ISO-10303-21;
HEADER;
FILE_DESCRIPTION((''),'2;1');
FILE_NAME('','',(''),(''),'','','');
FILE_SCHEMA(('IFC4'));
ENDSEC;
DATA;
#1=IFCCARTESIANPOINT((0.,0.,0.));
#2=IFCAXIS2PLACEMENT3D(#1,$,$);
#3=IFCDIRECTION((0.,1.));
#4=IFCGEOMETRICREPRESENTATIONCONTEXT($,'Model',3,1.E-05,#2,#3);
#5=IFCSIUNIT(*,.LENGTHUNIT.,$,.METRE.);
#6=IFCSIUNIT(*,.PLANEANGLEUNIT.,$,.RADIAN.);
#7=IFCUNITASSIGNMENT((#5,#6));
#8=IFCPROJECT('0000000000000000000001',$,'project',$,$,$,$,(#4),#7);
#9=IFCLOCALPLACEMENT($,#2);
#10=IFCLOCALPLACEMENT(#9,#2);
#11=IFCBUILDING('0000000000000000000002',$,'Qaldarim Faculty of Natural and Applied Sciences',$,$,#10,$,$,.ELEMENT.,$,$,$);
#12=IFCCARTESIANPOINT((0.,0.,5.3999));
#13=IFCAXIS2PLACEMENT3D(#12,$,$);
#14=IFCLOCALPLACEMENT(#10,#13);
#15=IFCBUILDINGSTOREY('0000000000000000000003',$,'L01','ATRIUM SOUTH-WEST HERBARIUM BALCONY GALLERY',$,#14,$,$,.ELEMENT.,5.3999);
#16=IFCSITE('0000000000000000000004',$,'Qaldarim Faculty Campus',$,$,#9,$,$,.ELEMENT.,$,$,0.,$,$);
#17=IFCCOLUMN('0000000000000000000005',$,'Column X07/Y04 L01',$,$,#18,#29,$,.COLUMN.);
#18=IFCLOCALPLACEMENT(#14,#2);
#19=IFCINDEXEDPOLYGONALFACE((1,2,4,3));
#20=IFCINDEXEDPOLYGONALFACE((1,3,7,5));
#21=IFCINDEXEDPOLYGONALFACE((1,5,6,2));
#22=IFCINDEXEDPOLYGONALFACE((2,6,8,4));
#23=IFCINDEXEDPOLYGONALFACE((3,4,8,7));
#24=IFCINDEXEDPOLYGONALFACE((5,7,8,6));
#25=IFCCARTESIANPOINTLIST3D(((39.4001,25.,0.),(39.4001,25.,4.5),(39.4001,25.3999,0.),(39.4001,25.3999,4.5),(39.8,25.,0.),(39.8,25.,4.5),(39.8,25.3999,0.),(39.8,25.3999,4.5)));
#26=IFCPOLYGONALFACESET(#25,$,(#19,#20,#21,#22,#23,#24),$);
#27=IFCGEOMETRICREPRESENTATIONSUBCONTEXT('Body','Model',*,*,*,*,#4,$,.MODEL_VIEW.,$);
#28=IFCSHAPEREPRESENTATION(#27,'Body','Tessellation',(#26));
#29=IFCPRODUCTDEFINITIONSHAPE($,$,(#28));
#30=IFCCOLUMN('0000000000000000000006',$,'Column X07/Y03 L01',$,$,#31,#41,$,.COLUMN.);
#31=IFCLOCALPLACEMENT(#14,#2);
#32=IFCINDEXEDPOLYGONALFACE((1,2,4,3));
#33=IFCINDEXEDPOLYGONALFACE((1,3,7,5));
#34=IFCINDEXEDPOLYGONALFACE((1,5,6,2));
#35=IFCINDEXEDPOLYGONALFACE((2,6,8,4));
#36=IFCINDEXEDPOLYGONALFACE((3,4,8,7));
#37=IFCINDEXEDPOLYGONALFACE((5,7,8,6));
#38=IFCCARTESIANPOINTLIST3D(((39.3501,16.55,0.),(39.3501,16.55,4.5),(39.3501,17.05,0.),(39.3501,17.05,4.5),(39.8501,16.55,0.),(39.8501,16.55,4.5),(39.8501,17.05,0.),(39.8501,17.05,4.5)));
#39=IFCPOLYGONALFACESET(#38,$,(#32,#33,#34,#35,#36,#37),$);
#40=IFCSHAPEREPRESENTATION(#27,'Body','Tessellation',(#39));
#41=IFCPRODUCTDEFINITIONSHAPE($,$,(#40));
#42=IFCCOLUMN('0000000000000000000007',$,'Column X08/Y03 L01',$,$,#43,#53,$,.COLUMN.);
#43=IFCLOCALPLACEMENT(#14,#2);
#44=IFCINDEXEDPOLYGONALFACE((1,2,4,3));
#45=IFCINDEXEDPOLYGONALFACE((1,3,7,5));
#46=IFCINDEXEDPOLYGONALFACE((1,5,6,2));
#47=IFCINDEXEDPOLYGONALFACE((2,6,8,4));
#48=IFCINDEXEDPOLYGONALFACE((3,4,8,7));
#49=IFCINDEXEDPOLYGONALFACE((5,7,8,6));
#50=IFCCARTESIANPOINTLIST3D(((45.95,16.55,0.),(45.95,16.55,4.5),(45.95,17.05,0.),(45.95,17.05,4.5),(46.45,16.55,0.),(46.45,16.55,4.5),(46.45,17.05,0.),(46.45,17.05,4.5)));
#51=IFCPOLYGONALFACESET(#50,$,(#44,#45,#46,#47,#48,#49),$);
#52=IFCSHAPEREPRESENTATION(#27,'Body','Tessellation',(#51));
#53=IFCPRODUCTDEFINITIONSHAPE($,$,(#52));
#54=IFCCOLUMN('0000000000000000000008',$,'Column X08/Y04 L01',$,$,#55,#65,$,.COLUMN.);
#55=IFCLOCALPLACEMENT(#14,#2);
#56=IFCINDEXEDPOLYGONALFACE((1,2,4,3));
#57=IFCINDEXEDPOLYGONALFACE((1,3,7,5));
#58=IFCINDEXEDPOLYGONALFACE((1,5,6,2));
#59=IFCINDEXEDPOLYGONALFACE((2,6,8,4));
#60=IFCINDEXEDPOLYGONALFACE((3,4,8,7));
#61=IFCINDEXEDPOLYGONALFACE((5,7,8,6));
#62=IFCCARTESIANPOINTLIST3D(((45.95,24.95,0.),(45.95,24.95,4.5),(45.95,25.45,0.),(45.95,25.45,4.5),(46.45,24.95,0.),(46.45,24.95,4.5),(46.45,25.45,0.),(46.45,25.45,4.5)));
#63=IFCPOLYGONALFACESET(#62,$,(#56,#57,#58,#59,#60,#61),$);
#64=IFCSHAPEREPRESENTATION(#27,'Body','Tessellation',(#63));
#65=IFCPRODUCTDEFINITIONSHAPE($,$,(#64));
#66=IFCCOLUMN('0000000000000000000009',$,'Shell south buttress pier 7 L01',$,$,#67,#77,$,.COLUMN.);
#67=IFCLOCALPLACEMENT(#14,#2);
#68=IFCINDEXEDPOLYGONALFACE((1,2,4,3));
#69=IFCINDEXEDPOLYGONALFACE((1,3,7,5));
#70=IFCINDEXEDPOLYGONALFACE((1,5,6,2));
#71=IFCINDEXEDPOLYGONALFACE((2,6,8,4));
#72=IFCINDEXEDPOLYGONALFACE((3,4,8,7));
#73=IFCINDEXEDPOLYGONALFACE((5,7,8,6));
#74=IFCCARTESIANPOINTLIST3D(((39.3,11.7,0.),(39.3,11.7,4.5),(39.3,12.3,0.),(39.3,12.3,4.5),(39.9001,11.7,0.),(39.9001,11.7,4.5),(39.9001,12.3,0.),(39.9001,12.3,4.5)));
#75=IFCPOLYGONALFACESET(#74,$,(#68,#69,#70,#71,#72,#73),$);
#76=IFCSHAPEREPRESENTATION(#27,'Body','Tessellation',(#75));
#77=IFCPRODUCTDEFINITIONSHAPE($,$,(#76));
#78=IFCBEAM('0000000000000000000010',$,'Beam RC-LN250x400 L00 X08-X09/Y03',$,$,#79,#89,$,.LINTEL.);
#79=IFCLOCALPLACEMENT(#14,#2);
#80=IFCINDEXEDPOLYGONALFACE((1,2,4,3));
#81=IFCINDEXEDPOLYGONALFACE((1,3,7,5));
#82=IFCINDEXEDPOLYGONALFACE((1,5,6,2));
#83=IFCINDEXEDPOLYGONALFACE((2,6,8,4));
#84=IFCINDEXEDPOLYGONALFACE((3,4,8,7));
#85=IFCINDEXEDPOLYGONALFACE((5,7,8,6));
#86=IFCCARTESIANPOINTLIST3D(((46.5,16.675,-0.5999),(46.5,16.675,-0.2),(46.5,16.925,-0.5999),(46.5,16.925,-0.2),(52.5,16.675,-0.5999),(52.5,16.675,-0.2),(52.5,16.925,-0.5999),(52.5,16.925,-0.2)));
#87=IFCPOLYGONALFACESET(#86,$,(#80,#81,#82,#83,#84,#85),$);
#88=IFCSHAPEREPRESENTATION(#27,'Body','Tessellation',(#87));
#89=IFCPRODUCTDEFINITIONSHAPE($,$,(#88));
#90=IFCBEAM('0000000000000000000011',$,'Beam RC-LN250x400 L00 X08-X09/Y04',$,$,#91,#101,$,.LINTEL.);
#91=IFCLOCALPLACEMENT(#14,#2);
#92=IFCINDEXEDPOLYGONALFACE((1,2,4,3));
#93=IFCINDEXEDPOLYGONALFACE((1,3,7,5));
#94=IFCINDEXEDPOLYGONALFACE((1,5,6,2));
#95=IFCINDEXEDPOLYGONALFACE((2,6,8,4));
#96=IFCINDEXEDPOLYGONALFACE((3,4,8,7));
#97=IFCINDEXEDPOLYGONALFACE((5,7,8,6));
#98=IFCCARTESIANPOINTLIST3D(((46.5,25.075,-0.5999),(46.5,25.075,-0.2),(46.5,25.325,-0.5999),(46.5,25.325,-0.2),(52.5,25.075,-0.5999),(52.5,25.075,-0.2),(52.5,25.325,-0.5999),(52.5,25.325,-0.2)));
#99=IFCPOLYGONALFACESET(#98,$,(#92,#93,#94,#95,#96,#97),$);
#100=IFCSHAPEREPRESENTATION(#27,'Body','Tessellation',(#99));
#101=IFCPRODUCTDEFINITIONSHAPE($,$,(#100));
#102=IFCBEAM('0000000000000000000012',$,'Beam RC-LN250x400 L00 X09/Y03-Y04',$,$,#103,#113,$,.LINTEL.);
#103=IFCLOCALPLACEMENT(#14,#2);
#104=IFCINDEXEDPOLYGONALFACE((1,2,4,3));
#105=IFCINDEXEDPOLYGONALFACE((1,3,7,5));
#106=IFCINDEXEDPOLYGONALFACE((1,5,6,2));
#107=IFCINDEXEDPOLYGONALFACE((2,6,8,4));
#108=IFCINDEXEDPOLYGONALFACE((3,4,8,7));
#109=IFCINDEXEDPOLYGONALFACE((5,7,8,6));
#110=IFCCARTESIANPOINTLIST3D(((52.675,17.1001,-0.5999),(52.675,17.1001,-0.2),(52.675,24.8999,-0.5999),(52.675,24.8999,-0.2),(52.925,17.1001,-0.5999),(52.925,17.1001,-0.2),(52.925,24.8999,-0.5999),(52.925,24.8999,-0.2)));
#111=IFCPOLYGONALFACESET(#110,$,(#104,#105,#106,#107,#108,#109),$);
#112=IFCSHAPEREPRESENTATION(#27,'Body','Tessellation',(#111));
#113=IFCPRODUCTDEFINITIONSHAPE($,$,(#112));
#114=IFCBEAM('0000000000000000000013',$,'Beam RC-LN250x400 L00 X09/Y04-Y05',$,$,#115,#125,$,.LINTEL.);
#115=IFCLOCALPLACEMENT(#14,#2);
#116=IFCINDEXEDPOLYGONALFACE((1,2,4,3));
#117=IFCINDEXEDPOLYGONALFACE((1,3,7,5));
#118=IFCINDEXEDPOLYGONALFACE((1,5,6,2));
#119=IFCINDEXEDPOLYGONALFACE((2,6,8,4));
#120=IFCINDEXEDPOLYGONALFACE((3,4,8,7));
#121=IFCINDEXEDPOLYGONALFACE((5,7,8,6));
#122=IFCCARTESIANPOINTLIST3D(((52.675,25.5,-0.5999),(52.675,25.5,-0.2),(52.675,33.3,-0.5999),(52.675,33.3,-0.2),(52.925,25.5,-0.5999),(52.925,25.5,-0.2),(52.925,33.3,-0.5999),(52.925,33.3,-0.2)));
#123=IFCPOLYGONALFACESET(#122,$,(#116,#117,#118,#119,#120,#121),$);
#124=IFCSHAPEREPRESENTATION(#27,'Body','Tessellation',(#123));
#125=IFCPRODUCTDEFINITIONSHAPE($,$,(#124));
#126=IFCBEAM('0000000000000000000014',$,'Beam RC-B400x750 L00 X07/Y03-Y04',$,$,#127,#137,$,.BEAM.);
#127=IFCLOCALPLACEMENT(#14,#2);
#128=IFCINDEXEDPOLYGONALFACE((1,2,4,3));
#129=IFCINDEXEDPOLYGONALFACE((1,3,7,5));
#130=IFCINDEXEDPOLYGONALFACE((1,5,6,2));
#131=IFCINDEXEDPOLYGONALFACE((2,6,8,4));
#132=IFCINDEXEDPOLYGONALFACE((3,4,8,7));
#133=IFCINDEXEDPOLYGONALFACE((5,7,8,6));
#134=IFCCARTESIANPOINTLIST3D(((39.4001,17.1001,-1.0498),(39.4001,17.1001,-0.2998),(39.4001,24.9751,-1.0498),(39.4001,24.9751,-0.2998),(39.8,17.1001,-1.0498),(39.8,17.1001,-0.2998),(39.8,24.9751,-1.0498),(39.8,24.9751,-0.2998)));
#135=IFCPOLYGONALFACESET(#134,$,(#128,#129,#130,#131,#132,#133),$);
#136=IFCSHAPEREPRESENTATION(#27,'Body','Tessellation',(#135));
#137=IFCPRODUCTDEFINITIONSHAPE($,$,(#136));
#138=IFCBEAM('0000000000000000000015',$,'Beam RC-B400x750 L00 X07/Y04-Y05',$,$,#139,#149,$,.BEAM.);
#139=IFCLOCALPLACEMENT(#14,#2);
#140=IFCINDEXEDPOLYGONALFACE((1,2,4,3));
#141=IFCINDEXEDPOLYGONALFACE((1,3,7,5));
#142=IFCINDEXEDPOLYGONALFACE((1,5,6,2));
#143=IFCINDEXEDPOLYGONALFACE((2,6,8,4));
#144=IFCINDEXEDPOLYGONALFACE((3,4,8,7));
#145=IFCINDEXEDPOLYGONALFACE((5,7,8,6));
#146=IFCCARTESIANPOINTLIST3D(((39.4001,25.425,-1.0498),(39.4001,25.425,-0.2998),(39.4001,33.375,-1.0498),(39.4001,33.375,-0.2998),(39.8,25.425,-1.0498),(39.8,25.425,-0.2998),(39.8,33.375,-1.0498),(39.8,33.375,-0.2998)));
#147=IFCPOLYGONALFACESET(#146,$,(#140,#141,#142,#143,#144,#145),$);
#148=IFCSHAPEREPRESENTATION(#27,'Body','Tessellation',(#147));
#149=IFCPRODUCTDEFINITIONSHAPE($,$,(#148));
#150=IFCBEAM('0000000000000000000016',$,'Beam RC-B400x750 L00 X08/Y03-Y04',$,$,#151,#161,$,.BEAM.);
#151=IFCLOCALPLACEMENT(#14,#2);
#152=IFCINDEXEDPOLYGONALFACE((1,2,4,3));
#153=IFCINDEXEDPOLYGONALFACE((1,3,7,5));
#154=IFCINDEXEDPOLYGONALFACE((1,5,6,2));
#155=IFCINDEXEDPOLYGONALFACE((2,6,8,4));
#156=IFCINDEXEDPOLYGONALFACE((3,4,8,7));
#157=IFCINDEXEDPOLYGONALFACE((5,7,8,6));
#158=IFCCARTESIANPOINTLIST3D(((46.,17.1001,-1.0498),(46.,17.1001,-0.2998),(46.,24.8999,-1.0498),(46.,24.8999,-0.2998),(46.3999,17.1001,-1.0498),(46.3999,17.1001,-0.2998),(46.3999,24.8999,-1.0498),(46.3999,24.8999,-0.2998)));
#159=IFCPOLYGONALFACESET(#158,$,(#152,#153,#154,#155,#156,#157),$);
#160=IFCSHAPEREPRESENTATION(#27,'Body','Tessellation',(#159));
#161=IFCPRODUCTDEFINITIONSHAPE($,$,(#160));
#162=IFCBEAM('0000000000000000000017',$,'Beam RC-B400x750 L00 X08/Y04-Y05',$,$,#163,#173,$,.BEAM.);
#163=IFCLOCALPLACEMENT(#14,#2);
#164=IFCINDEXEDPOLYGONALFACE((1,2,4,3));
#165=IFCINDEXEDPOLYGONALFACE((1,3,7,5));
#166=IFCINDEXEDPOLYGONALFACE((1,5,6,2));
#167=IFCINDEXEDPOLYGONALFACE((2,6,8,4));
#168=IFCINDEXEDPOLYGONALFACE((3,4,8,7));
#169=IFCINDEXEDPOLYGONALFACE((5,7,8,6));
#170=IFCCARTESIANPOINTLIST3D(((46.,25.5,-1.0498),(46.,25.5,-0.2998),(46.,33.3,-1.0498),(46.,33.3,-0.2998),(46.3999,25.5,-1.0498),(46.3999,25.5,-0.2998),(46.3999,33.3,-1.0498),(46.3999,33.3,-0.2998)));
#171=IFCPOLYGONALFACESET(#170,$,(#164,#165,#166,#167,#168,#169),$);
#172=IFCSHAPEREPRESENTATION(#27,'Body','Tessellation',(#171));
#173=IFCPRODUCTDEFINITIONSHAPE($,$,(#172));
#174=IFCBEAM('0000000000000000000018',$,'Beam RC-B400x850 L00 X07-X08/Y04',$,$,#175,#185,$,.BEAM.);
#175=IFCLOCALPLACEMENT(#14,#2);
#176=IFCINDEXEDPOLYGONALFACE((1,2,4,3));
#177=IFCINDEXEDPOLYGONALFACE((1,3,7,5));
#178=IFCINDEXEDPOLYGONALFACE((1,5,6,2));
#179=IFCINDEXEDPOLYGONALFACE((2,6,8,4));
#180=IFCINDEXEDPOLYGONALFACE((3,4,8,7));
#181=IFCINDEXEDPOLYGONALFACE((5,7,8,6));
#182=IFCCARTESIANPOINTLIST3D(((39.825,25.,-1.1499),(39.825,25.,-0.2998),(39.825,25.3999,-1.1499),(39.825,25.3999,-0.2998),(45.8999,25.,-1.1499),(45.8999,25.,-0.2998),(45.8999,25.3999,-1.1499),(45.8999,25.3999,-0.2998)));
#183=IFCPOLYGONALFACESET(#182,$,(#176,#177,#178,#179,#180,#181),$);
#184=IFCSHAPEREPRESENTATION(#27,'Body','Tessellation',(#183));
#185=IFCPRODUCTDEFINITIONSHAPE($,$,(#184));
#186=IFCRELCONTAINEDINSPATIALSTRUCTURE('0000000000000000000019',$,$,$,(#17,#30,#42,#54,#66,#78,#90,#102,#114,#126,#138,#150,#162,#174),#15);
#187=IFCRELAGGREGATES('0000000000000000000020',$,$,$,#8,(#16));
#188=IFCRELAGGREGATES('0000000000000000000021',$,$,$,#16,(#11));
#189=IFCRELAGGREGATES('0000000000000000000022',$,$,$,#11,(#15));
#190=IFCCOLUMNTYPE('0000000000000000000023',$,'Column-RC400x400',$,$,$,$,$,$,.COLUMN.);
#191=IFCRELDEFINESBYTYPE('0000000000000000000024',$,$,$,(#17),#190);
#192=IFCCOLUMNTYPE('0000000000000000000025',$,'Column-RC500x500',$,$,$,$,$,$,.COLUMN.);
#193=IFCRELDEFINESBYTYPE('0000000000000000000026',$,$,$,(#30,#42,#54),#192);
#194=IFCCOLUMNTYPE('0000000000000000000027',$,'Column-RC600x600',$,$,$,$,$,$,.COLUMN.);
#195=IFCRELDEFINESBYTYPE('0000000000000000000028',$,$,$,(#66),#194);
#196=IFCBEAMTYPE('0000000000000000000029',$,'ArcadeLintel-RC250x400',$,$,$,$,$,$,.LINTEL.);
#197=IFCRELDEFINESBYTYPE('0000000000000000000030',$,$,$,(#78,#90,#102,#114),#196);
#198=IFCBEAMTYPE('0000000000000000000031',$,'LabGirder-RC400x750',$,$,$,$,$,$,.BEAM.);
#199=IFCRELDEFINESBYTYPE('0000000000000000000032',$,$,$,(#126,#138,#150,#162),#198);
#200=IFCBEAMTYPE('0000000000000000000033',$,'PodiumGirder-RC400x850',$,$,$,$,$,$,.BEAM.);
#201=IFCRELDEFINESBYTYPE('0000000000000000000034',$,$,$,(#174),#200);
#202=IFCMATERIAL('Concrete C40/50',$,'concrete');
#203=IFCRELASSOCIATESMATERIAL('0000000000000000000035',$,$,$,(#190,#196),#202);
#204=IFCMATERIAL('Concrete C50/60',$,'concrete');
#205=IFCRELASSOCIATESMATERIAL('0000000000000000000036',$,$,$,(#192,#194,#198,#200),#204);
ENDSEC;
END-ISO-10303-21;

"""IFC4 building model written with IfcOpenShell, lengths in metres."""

from ifc_helpers import new_model, si_unit, direction, frame, origin, origin_2d, place, context, subcontext, project, spatial, rectangle, extrude, material, material_profile, profile_set, type_object, element, save


model = new_model("IFC4")

# Units and contexts
model_context = context("Model", 3, precision=1e-05, world=origin(), true_north=direction((0.0, 1.0)))
body_context = subcontext(model_context, "Body", "Model", "MODEL_VIEW")
ifc_project = project(units=[si_unit("LENGTHUNIT", "METRE"), si_unit("PLANEANGLEUNIT", "RADIAN")], contexts=[model_context])

# Site, building, storey
site_placement = place(None, origin())
site = spatial("IfcSite", under=ifc_project, at=site_placement, Name="Qaldarim Faculty Campus", CompositionType="ELEMENT", RefElevation=0.0)
building_placement = place(site_placement, origin())
building = spatial("IfcBuilding", under=site, at=building_placement, Name="Qaldarim Faculty of Natural and Applied Sciences", CompositionType="ELEMENT")
storey_placement = place(building_placement, frame((0.0, 0.0, 5.3999)))
storey = spatial("IfcBuildingStorey", under=building, at=storey_placement, Name="L01", Description="ATRIUM SOUTH-WEST HERBARIUM BALCONY GALLERY", CompositionType="ELEMENT", Elevation=5.3999)

# Columns
ifc_material_1 = material(Name="Concrete C40/50", Category="concrete")
ifc_material_profile_1 = material_profile(ifc_material_1, rectangle(XDim=0.3999, YDim=0.3999, at=origin_2d()), Name="RC-C400x400")
ifc_profile_set_1 = profile_set([ifc_material_profile_1], Name="Concrete C40/50")
column_type_1 = type_object("IfcColumnType", Name="Column-RC400x400", PredefinedType="COLUMN", material=ifc_profile_set_1)
column_1_placement = place(storey_placement, frame((39.6001, 25.2, 0.0), z_axis=(0.0, 0.0, 1.0), x_axis=(1.0, 0.0, 0.0)))
element("IfcColumn", 1, at=column_1_placement, inside=storey, type_object=column_type_1, Name="Column X07/Y04 L01", PredefinedType="COLUMN", context=body_context, shape_type="SweptSolid", body=[
    extrude(rectangle(XDim=0.3999, YDim=0.3999, at=origin_2d()), origin(), (0.0, 0.0, 1.0), 4.5),
])
ifc_material_2 = material(Name="Concrete C50/60", Category="concrete")
ifc_material_profile_2 = material_profile(ifc_material_2, rectangle(XDim=0.5, YDim=0.5, at=origin_2d()), Name="RC-C500x500")
ifc_profile_set_2 = profile_set([ifc_material_profile_2], Name="Concrete C50/60")
column_type_2 = type_object("IfcColumnType", Name="Column-RC500x500", PredefinedType="COLUMN", material=ifc_profile_set_2)
for number, where, z_axis, x_axis, name in (
    (2, (39.6001, 16.8, 0.0), (0.0, 0.0, 1.0), (1.0, 0.0, 0.0), "Column X07/Y03 L01"),
    (3, (46.2, 16.8, 0.0), (0.0, 0.0, 1.0), (1.0, 0.0, 0.0), "Column X08/Y03 L01"),
    (4, (46.2, 25.2, 0.0), (0.0, 0.0, 1.0), (1.0, 0.0, 0.0), "Column X08/Y04 L01"),
):
    element("IfcColumn", number, at=place(storey_placement, frame(where, z_axis=z_axis, x_axis=x_axis)), inside=storey, type_object=column_type_2, Name=name, PredefinedType="COLUMN", context=body_context, shape_type="SweptSolid", body=[
        extrude(rectangle(XDim=0.5, YDim=0.5, at=origin_2d()), origin(), (0.0, 0.0, 1.0), 4.5),
    ])
ifc_material_profile_3 = material_profile(ifc_material_2, rectangle(XDim=0.6001, YDim=0.6001, at=origin_2d()), Name="RC-C600x600")
ifc_profile_set_3 = profile_set([ifc_material_profile_3], Name="Concrete C50/60")
column_type_3 = type_object("IfcColumnType", Name="Column-RC600x600", PredefinedType="COLUMN", material=ifc_profile_set_3)
column_2_placement = place(storey_placement, frame((39.6001, 12.0, 0.0), z_axis=(0.0, 0.0, 1.0), x_axis=(1.0, 0.0, 0.0)))
element("IfcColumn", 5, at=column_2_placement, inside=storey, type_object=column_type_3, Name="Shell south buttress pier 7 L01", PredefinedType="COLUMN", context=body_context, shape_type="SweptSolid", body=[
    extrude(rectangle(XDim=0.6001, YDim=0.6001, at=origin_2d()), origin(), (0.0, 0.0, 1.0), 4.5),
])

# Beams
ifc_material_profile_4 = material_profile(ifc_material_1, rectangle(XDim=0.25, YDim=0.3999, at=origin_2d()), Name="RC-LN250x400")
ifc_profile_set_4 = profile_set([ifc_material_profile_4], Name="Concrete C40/50")
beam_type_1 = type_object("IfcBeamType", Name="ArcadeLintel-RC250x400", PredefinedType="LINTEL", material=ifc_profile_set_4)
for number, where, z_axis, x_axis, name in (
    (6, (46.5, 16.8, -0.3999), (1.0, 0.0, 0.0), (0.0, 1.0, 0.0), "Beam RC-LN250x400 L00 X08-X09/Y03"),
    (7, (46.5, 25.2, -0.3999), (1.0, 0.0, 0.0), (0.0, 1.0, 0.0), "Beam RC-LN250x400 L00 X08-X09/Y04"),
):
    element("IfcBeam", number, at=place(storey_placement, frame(where, z_axis=z_axis, x_axis=x_axis)), inside=storey, type_object=beam_type_1, Name=name, PredefinedType="LINTEL", context=body_context, shape_type="SweptSolid", body=[
        extrude(rectangle(XDim=0.25, YDim=0.3999, at=origin_2d()), origin(), (0.0, 0.0, 1.0), 6.0),
    ])
beam_1_placement = place(storey_placement, frame((52.8, 17.1001, -0.3999), z_axis=(0.0, 1.0, 0.0), x_axis=(-1.0, 0.0, 0.0)))
element("IfcBeam", 8, at=beam_1_placement, inside=storey, type_object=beam_type_1, Name="Beam RC-LN250x400 L00 X09/Y03-Y04", PredefinedType="LINTEL", context=body_context, shape_type="SweptSolid", body=[
    extrude(rectangle(XDim=0.25, YDim=0.3999, at=origin_2d()), origin(), (0.0, 0.0, 1.0), 7.7998),
])
beam_2_placement = place(storey_placement, frame((52.8, 25.5, -0.3999), z_axis=(0.0, 1.0, 0.0), x_axis=(-1.0, 0.0, 0.0)))
element("IfcBeam", 9, at=beam_2_placement, inside=storey, type_object=beam_type_1, Name="Beam RC-LN250x400 L00 X09/Y04-Y05", PredefinedType="LINTEL", context=body_context, shape_type="SweptSolid", body=[
    extrude(rectangle(XDim=0.25, YDim=0.3999, at=origin_2d()), origin(), (0.0, 0.0, 1.0), 7.8),
])
ifc_material_profile_5 = material_profile(ifc_material_2, rectangle(XDim=0.3999, YDim=0.75, at=origin_2d()), Name="RC-B400x750")
ifc_profile_set_5 = profile_set([ifc_material_profile_5], Name="Concrete C50/60")
beam_type_2 = type_object("IfcBeamType", Name="LabGirder-RC400x750", PredefinedType="BEAM", material=ifc_profile_set_5)
beam_3_placement = place(storey_placement, frame((39.6001, 17.1001, -0.6748), z_axis=(0.0, 1.0, 0.0), x_axis=(-1.0, 0.0, 0.0)))
element("IfcBeam", 10, at=beam_3_placement, inside=storey, type_object=beam_type_2, Name="Beam RC-B400x750 L00 X07/Y03-Y04", PredefinedType="BEAM", context=body_context, shape_type="SweptSolid", body=[
    extrude(rectangle(XDim=0.3999, YDim=0.75, at=origin_2d()), origin(), (0.0, 0.0, 1.0), 7.875),
])
beam_4_placement = place(storey_placement, frame((39.6001, 25.425, -0.6748), z_axis=(0.0, 1.0, 0.0), x_axis=(-1.0, 0.0, 0.0)))
element("IfcBeam", 11, at=beam_4_placement, inside=storey, type_object=beam_type_2, Name="Beam RC-B400x750 L00 X07/Y04-Y05", PredefinedType="BEAM", context=body_context, shape_type="SweptSolid", body=[
    extrude(rectangle(XDim=0.3999, YDim=0.75, at=origin_2d()), origin(), (0.0, 0.0, 1.0), 7.95),
])
beam_5_placement = place(storey_placement, frame((46.2, 17.1001, -0.6748), z_axis=(0.0, 1.0, 0.0), x_axis=(-1.0, 0.0, 0.0)))
element("IfcBeam", 12, at=beam_5_placement, inside=storey, type_object=beam_type_2, Name="Beam RC-B400x750 L00 X08/Y03-Y04", PredefinedType="BEAM", context=body_context, shape_type="SweptSolid", body=[
    extrude(rectangle(XDim=0.3999, YDim=0.75, at=origin_2d()), origin(), (0.0, 0.0, 1.0), 7.7998),
])
beam_6_placement = place(storey_placement, frame((46.2, 25.5, -0.6748), z_axis=(0.0, 1.0, 0.0), x_axis=(-1.0, 0.0, 0.0)))
element("IfcBeam", 13, at=beam_6_placement, inside=storey, type_object=beam_type_2, Name="Beam RC-B400x750 L00 X08/Y04-Y05", PredefinedType="BEAM", context=body_context, shape_type="SweptSolid", body=[
    extrude(rectangle(XDim=0.3999, YDim=0.75, at=origin_2d()), origin(), (0.0, 0.0, 1.0), 7.8),
])
ifc_material_profile_6 = material_profile(ifc_material_2, rectangle(XDim=0.3999, YDim=0.8501, at=origin_2d()), Name="RC-B400x850")
ifc_profile_set_6 = profile_set([ifc_material_profile_6], Name="Concrete C50/60")
beam_type_3 = type_object("IfcBeamType", Name="PodiumGirder-RC400x850", PredefinedType="BEAM", material=ifc_profile_set_6)
beam_7_placement = place(storey_placement, frame((39.825, 25.2, -0.7249), z_axis=(1.0, 0.0, 0.0), x_axis=(0.0, 1.0, 0.0)))
element("IfcBeam", 14, at=beam_7_placement, inside=storey, type_object=beam_type_3, Name="Beam RC-B400x850 L00 X07-X08/Y04", PredefinedType="BEAM", context=body_context, shape_type="SweptSolid", body=[
    extrude(rectangle(XDim=0.3999, YDim=0.8501, at=origin_2d()), origin(), (0.0, 0.0, 1.0), 6.075),
])

save(model, "model.ifc")
